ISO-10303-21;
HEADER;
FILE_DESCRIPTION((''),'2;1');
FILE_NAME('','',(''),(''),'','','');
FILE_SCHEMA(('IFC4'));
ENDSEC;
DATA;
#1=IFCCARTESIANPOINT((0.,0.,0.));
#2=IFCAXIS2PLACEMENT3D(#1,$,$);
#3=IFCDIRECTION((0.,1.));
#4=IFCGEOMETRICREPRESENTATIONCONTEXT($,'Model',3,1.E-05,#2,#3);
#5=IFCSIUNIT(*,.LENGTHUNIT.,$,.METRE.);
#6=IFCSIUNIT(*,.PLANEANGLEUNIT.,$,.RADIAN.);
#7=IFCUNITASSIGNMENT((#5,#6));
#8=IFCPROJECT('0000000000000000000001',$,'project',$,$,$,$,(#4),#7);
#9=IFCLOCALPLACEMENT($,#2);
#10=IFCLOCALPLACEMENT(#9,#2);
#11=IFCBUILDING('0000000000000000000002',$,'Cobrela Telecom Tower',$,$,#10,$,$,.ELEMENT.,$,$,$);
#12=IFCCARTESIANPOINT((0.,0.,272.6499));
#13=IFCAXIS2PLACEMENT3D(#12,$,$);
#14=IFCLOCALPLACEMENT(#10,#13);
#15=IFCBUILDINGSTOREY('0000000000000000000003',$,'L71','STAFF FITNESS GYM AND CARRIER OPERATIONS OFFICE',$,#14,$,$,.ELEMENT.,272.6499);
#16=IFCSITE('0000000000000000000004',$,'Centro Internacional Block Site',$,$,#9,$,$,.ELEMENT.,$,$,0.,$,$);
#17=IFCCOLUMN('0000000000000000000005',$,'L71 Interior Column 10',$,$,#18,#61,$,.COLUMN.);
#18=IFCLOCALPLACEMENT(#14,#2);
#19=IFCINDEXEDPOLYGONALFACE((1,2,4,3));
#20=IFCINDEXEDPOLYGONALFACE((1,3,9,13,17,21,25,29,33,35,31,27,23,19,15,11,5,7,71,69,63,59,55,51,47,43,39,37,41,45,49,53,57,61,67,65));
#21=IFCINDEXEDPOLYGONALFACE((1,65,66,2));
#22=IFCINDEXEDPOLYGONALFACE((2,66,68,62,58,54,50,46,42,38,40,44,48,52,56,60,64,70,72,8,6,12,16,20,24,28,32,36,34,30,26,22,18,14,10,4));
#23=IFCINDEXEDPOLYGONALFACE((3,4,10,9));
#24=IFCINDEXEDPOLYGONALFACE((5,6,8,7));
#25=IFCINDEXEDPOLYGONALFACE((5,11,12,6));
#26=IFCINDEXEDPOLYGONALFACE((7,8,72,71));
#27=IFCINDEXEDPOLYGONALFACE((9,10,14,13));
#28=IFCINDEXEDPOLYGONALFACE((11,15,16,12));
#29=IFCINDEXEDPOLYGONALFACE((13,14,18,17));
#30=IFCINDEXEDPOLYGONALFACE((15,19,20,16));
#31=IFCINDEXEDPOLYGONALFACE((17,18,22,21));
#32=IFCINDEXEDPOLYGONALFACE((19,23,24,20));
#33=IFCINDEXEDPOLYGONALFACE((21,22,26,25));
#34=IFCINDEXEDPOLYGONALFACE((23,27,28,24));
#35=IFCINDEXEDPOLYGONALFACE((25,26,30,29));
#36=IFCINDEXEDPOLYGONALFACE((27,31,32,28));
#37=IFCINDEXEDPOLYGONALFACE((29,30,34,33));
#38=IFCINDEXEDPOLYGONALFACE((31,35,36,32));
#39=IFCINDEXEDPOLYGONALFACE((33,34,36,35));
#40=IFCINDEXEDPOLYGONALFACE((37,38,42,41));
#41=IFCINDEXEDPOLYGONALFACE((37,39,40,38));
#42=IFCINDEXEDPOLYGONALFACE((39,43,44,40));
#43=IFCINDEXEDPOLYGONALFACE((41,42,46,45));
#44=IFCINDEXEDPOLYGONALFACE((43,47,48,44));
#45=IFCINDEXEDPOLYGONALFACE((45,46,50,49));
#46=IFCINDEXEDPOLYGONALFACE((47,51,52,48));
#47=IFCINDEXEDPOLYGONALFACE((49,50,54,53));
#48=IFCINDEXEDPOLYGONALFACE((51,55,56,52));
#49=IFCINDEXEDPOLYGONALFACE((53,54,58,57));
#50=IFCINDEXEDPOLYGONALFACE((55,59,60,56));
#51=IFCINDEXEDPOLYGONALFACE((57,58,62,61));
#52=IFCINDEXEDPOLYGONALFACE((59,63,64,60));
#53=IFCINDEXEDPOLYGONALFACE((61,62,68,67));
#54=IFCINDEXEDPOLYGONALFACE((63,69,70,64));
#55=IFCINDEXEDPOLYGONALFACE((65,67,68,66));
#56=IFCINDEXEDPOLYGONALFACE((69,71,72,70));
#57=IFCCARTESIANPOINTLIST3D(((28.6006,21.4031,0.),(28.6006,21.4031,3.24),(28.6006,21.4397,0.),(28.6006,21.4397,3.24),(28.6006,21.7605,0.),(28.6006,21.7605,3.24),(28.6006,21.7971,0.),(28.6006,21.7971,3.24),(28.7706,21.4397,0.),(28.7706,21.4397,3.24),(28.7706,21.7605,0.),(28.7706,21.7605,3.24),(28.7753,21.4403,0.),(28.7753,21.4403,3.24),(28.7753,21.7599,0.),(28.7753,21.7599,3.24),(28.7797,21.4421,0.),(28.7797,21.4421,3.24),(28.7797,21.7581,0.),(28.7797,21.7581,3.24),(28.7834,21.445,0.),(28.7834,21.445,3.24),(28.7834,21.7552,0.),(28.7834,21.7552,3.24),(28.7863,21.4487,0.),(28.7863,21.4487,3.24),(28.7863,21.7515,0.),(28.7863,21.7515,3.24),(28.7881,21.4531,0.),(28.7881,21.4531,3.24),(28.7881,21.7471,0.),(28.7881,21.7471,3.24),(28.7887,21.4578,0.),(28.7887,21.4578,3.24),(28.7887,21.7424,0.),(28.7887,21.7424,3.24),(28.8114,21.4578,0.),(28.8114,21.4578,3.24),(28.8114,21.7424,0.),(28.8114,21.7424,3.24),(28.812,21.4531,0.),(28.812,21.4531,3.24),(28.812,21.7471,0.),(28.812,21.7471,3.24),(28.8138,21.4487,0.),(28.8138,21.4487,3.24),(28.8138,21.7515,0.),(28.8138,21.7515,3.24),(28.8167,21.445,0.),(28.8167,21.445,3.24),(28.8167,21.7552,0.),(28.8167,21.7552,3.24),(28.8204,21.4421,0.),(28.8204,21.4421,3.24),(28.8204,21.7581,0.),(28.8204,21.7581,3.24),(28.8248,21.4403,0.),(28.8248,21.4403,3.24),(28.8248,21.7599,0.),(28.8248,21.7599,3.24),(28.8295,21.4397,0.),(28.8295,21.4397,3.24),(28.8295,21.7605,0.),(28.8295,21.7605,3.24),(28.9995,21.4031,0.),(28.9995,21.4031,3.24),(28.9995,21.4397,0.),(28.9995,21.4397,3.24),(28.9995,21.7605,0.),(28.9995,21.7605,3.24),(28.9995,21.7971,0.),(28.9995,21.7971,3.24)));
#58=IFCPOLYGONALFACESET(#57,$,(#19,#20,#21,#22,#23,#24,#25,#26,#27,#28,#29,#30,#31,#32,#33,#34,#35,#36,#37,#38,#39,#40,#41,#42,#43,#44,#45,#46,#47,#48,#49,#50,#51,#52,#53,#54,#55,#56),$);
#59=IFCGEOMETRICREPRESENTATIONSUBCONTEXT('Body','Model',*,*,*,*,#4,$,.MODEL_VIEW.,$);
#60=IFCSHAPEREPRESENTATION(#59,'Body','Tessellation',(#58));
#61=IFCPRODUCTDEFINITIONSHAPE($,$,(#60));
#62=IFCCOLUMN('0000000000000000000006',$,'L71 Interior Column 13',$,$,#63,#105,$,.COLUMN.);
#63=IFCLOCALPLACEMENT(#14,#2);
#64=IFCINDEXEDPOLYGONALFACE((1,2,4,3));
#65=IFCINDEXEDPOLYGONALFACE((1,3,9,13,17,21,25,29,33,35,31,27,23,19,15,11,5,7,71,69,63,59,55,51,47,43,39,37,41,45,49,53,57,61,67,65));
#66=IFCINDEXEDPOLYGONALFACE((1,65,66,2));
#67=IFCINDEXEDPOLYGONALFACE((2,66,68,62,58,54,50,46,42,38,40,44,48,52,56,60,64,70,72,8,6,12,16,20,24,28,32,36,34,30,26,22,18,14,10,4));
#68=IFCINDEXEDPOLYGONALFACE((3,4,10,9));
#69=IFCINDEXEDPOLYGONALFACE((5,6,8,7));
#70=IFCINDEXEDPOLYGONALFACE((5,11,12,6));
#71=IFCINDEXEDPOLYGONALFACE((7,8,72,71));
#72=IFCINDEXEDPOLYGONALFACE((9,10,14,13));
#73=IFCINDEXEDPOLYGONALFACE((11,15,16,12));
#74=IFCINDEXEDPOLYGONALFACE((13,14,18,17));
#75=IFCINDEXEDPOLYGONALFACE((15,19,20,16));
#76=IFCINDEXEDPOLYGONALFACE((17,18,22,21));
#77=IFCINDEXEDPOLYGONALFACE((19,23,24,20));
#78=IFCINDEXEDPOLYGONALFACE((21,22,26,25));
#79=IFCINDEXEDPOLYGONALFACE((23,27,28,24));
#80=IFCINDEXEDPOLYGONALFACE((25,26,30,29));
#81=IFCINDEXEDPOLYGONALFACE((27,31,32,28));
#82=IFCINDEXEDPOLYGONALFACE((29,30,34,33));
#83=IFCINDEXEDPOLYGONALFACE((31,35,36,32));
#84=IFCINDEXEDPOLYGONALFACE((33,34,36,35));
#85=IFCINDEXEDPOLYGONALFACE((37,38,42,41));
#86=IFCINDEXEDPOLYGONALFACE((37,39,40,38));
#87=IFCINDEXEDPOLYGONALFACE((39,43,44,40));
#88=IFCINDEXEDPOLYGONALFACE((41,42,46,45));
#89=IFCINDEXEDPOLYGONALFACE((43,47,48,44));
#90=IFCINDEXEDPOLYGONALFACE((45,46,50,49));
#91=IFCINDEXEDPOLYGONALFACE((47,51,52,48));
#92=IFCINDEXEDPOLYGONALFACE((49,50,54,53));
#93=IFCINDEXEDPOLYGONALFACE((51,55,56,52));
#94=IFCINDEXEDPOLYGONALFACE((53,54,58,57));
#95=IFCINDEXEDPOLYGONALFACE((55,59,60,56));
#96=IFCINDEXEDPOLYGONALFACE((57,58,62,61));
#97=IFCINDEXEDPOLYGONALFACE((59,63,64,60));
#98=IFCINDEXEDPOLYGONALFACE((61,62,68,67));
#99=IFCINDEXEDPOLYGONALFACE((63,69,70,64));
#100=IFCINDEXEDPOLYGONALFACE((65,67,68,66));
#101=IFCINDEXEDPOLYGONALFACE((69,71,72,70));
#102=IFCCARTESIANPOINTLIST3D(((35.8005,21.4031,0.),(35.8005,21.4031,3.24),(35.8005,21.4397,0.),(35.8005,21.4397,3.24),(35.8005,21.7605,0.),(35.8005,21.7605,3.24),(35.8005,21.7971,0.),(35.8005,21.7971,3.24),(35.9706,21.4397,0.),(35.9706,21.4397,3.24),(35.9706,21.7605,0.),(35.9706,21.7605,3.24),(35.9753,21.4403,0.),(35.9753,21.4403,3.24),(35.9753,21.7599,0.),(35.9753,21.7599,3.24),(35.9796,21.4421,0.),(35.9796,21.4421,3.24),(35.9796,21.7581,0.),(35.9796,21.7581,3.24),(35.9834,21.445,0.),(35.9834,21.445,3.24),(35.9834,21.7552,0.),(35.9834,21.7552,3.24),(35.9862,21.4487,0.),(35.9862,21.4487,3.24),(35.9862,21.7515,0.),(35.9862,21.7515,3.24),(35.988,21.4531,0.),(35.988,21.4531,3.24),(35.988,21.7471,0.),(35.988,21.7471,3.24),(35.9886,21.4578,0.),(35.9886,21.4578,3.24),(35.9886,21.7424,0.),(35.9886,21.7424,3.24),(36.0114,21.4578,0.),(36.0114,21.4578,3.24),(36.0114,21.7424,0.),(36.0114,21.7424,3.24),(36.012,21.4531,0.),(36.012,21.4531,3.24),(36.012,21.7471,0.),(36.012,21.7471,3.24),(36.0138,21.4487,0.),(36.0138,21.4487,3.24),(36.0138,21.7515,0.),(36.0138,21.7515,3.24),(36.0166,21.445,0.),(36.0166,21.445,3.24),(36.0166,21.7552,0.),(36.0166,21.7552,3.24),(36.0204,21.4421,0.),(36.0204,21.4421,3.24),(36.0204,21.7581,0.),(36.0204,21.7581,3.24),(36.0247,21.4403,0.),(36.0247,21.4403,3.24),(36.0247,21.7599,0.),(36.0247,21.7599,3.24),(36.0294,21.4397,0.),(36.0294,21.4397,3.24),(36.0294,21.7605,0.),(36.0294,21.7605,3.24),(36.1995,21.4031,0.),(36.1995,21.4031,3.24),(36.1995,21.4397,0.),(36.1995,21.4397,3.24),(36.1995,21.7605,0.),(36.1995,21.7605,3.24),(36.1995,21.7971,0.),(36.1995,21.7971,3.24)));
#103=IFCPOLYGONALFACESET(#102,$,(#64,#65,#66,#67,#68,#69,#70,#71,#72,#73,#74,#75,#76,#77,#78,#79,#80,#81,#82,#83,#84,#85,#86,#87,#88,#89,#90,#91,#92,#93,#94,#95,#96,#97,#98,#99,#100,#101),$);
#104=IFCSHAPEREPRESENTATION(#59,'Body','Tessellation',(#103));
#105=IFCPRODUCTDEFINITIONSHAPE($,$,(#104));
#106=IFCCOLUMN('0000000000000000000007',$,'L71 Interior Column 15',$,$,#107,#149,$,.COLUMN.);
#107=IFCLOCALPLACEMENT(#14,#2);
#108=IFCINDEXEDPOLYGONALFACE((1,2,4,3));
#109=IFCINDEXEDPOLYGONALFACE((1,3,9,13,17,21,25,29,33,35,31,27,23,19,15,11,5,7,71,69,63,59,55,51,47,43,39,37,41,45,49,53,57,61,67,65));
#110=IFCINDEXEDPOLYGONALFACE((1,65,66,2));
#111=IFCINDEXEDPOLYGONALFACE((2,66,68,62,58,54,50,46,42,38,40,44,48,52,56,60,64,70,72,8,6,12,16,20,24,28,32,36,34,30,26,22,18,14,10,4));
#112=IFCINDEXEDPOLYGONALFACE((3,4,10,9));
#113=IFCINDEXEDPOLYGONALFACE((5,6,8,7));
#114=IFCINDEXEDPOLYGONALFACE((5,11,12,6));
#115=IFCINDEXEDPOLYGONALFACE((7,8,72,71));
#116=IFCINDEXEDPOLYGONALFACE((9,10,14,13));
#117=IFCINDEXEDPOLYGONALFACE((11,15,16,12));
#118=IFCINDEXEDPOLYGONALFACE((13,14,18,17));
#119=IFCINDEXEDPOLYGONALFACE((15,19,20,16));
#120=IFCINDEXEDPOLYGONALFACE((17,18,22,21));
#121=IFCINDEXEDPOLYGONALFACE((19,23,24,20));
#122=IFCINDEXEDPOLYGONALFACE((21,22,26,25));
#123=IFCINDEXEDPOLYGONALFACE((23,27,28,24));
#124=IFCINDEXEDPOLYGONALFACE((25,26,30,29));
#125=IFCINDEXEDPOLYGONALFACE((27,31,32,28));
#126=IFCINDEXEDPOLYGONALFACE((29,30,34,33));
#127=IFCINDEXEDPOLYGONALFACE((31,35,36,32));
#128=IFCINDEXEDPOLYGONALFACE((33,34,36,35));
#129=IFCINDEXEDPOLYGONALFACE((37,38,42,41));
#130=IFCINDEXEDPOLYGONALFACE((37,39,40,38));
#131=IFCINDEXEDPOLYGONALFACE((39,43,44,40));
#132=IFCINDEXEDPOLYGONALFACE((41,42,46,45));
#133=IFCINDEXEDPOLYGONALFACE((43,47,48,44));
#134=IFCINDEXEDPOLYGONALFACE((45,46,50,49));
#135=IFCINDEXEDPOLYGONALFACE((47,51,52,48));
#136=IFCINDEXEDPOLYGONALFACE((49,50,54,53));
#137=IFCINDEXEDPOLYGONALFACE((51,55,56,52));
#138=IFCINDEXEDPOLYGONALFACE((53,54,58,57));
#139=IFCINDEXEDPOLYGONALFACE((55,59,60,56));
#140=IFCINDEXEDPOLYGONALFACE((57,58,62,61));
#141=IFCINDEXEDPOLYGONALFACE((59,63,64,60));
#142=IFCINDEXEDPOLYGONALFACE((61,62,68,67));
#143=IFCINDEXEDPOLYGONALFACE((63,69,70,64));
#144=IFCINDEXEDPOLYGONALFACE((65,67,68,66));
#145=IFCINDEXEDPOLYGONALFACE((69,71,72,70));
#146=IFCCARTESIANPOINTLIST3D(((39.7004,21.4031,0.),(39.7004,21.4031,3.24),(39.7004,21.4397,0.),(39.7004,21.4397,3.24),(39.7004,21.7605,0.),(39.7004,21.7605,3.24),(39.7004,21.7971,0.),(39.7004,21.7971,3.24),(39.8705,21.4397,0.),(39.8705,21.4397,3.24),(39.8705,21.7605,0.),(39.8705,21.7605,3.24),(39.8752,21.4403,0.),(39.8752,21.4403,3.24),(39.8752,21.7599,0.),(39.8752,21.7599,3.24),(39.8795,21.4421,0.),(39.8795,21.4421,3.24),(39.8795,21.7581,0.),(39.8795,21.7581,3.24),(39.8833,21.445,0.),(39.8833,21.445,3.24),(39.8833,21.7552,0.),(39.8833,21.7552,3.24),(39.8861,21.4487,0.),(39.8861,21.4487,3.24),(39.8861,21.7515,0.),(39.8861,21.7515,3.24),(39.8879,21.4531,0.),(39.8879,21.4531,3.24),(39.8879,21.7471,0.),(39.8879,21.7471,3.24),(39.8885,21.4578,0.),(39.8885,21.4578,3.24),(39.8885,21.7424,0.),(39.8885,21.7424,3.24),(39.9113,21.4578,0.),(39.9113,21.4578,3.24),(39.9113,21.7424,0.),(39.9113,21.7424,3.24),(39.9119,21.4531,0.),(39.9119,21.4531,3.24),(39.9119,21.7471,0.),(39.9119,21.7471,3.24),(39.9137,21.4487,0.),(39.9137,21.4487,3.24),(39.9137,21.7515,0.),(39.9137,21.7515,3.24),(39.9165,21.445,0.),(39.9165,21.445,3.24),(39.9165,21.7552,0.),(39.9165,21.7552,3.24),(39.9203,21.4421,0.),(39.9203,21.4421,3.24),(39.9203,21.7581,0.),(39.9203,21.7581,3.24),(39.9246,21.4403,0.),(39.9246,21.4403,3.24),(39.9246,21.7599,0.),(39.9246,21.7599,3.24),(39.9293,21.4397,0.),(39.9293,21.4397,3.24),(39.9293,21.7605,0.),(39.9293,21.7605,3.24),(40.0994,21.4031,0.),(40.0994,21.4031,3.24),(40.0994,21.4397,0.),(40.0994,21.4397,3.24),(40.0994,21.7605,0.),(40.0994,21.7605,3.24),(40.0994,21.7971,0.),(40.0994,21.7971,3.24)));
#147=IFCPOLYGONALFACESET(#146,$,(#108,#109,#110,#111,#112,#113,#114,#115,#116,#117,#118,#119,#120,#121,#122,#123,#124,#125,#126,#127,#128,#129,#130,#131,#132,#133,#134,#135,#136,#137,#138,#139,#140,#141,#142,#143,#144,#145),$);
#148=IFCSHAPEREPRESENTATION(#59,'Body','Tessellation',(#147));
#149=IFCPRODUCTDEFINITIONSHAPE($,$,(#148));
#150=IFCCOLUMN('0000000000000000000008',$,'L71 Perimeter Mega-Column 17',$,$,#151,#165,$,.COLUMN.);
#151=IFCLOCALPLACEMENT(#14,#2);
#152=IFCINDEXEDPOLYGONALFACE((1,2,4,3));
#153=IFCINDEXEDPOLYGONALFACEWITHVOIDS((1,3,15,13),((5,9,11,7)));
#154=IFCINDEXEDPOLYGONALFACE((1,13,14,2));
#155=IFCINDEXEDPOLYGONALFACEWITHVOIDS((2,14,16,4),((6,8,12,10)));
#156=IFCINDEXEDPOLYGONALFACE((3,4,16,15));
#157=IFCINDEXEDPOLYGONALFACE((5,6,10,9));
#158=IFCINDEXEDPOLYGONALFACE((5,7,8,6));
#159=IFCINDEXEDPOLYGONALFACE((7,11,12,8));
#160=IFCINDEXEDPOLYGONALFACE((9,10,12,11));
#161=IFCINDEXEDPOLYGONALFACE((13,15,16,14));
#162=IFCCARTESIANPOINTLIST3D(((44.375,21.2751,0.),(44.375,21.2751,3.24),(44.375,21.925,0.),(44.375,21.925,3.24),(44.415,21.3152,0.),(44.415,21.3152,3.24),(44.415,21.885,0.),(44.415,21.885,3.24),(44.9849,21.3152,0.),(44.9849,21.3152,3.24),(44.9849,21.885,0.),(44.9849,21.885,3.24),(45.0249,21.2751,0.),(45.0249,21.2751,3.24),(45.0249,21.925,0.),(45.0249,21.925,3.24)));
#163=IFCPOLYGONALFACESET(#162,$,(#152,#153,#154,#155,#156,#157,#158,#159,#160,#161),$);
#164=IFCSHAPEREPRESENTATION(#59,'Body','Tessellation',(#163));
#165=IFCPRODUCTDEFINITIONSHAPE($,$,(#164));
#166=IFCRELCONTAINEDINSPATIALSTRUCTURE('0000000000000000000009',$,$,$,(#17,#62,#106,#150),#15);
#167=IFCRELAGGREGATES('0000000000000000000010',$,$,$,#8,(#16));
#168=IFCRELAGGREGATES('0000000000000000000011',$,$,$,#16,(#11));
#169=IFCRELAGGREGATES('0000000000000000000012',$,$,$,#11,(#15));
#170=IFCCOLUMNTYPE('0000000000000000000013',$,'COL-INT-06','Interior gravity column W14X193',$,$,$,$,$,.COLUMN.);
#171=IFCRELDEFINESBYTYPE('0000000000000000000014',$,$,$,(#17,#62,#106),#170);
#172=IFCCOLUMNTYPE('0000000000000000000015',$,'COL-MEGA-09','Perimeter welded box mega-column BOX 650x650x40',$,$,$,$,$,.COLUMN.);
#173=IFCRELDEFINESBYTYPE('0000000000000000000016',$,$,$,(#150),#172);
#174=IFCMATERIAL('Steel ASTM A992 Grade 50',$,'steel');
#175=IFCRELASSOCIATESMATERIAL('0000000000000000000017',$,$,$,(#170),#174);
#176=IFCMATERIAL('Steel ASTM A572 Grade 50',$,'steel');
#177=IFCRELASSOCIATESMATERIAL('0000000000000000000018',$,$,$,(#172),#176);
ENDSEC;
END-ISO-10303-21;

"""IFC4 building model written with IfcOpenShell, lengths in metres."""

from ifc_helpers import new_model, si_unit, direction, frame, origin, origin_2d, place, context, subcontext, project, spatial, hollow_rectangle, i_section, extrude, material, material_profile, profile_set, type_object, element, save


model = new_model("IFC4")

# Units and contexts
model_context = context("Model", 3, precision=1e-05, world=origin(), true_north=direction((0.0, 1.0)))
body_context = subcontext(model_context, "Body", "Model", "MODEL_VIEW")
ifc_project = project(units=[si_unit("LENGTHUNIT", "METRE"), si_unit("PLANEANGLEUNIT", "RADIAN")], contexts=[model_context])

# Site, building, storey
site_placement = place(None, origin())
site = spatial("IfcSite", under=ifc_project, at=site_placement, Name="Centro Internacional Block Site", CompositionType="ELEMENT", RefElevation=0.0)
building_placement = place(site_placement, origin())
building = spatial("IfcBuilding", under=site, at=building_placement, Name="Cobrela Telecom Tower", CompositionType="ELEMENT")
storey_placement = place(building_placement, frame((0.0, 0.0, 272.6499)))
storey = spatial("IfcBuildingStorey", under=building, at=storey_placement, Name="L71", Description="STAFF FITNESS GYM AND CARRIER OPERATIONS OFFICE", CompositionType="ELEMENT", Elevation=272.6499)

# Columns
ifc_material_1 = material(Name="Steel ASTM A992 Grade 50", Category="steel")
ifc_material_profile_1 = material_profile(ifc_material_1, i_section(OverallWidth=0.3989, OverallDepth=0.394, WebThickness=0.0227, FlangeThickness=0.0366, FilletRadius=0.0181, at=origin_2d()), Name="W14X193")
ifc_profile_set_1 = profile_set([ifc_material_profile_1], Name="Steel ASTM A992 Grade 50")
column_type_1 = type_object("IfcColumnType", Name="COL-INT-06", Description="Interior gravity column W14X193", PredefinedType="COLUMN", material=ifc_profile_set_1)
for number, where, z_axis, x_axis, name in (
    (1, (28.8, 21.6001, 0.0), (0.0, 0.0, 1.0), (1.0, 0.0, 0.0), "L71 Interior Column 10"),
    (2, (36.0, 21.6001, 0.0), (0.0, 0.0, 1.0), (1.0, 0.0, 0.0), "L71 Interior Column 13"),
    (3, (39.8999, 21.6001, 0.0), (0.0, 0.0, 1.0), (1.0, 0.0, 0.0), "L71 Interior Column 15"),
):
    element("IfcColumn", number, at=place(storey_placement, frame(where, z_axis=z_axis, x_axis=x_axis)), inside=storey, type_object=column_type_1, Name=name, PredefinedType="COLUMN", context=body_context, shape_type="SweptSolid", body=[
        extrude(i_section(OverallWidth=0.3989, OverallDepth=0.394, WebThickness=0.0227, FlangeThickness=0.0366, FilletRadius=0.0181, at=origin_2d()), origin(), (0.0, 0.0, 1.0), 3.24),
    ])
ifc_material_2 = material(Name="Steel ASTM A572 Grade 50", Category="steel")
ifc_material_profile_2 = material_profile(ifc_material_2, hollow_rectangle(XDim=0.6499, YDim=0.6499, WallThickness=0.04, at=origin_2d()), Name="BOX 650x650x40")
ifc_profile_set_2 = profile_set([ifc_material_profile_2], Name="Steel ASTM A572 Grade 50")
column_type_2 = type_object("IfcColumnType", Name="COL-MEGA-09", Description="Perimeter welded box mega-column BOX 650x650x40", PredefinedType="COLUMN", material=ifc_profile_set_2)
column_placement = place(storey_placement, frame((44.7, 21.6001, 0.0), z_axis=(0.0, 0.0, 1.0), x_axis=(1.0, 0.0, 0.0)))
element("IfcColumn", 4, at=column_placement, inside=storey, type_object=column_type_2, Name="L71 Perimeter Mega-Column 17", PredefinedType="COLUMN", context=body_context, shape_type="SweptSolid", body=[
    extrude(hollow_rectangle(XDim=0.6499, YDim=0.6499, WallThickness=0.04, at=origin_2d()), origin(), (0.0, 0.0, 1.0), 3.24),
])

save(model, "model.ifc")
